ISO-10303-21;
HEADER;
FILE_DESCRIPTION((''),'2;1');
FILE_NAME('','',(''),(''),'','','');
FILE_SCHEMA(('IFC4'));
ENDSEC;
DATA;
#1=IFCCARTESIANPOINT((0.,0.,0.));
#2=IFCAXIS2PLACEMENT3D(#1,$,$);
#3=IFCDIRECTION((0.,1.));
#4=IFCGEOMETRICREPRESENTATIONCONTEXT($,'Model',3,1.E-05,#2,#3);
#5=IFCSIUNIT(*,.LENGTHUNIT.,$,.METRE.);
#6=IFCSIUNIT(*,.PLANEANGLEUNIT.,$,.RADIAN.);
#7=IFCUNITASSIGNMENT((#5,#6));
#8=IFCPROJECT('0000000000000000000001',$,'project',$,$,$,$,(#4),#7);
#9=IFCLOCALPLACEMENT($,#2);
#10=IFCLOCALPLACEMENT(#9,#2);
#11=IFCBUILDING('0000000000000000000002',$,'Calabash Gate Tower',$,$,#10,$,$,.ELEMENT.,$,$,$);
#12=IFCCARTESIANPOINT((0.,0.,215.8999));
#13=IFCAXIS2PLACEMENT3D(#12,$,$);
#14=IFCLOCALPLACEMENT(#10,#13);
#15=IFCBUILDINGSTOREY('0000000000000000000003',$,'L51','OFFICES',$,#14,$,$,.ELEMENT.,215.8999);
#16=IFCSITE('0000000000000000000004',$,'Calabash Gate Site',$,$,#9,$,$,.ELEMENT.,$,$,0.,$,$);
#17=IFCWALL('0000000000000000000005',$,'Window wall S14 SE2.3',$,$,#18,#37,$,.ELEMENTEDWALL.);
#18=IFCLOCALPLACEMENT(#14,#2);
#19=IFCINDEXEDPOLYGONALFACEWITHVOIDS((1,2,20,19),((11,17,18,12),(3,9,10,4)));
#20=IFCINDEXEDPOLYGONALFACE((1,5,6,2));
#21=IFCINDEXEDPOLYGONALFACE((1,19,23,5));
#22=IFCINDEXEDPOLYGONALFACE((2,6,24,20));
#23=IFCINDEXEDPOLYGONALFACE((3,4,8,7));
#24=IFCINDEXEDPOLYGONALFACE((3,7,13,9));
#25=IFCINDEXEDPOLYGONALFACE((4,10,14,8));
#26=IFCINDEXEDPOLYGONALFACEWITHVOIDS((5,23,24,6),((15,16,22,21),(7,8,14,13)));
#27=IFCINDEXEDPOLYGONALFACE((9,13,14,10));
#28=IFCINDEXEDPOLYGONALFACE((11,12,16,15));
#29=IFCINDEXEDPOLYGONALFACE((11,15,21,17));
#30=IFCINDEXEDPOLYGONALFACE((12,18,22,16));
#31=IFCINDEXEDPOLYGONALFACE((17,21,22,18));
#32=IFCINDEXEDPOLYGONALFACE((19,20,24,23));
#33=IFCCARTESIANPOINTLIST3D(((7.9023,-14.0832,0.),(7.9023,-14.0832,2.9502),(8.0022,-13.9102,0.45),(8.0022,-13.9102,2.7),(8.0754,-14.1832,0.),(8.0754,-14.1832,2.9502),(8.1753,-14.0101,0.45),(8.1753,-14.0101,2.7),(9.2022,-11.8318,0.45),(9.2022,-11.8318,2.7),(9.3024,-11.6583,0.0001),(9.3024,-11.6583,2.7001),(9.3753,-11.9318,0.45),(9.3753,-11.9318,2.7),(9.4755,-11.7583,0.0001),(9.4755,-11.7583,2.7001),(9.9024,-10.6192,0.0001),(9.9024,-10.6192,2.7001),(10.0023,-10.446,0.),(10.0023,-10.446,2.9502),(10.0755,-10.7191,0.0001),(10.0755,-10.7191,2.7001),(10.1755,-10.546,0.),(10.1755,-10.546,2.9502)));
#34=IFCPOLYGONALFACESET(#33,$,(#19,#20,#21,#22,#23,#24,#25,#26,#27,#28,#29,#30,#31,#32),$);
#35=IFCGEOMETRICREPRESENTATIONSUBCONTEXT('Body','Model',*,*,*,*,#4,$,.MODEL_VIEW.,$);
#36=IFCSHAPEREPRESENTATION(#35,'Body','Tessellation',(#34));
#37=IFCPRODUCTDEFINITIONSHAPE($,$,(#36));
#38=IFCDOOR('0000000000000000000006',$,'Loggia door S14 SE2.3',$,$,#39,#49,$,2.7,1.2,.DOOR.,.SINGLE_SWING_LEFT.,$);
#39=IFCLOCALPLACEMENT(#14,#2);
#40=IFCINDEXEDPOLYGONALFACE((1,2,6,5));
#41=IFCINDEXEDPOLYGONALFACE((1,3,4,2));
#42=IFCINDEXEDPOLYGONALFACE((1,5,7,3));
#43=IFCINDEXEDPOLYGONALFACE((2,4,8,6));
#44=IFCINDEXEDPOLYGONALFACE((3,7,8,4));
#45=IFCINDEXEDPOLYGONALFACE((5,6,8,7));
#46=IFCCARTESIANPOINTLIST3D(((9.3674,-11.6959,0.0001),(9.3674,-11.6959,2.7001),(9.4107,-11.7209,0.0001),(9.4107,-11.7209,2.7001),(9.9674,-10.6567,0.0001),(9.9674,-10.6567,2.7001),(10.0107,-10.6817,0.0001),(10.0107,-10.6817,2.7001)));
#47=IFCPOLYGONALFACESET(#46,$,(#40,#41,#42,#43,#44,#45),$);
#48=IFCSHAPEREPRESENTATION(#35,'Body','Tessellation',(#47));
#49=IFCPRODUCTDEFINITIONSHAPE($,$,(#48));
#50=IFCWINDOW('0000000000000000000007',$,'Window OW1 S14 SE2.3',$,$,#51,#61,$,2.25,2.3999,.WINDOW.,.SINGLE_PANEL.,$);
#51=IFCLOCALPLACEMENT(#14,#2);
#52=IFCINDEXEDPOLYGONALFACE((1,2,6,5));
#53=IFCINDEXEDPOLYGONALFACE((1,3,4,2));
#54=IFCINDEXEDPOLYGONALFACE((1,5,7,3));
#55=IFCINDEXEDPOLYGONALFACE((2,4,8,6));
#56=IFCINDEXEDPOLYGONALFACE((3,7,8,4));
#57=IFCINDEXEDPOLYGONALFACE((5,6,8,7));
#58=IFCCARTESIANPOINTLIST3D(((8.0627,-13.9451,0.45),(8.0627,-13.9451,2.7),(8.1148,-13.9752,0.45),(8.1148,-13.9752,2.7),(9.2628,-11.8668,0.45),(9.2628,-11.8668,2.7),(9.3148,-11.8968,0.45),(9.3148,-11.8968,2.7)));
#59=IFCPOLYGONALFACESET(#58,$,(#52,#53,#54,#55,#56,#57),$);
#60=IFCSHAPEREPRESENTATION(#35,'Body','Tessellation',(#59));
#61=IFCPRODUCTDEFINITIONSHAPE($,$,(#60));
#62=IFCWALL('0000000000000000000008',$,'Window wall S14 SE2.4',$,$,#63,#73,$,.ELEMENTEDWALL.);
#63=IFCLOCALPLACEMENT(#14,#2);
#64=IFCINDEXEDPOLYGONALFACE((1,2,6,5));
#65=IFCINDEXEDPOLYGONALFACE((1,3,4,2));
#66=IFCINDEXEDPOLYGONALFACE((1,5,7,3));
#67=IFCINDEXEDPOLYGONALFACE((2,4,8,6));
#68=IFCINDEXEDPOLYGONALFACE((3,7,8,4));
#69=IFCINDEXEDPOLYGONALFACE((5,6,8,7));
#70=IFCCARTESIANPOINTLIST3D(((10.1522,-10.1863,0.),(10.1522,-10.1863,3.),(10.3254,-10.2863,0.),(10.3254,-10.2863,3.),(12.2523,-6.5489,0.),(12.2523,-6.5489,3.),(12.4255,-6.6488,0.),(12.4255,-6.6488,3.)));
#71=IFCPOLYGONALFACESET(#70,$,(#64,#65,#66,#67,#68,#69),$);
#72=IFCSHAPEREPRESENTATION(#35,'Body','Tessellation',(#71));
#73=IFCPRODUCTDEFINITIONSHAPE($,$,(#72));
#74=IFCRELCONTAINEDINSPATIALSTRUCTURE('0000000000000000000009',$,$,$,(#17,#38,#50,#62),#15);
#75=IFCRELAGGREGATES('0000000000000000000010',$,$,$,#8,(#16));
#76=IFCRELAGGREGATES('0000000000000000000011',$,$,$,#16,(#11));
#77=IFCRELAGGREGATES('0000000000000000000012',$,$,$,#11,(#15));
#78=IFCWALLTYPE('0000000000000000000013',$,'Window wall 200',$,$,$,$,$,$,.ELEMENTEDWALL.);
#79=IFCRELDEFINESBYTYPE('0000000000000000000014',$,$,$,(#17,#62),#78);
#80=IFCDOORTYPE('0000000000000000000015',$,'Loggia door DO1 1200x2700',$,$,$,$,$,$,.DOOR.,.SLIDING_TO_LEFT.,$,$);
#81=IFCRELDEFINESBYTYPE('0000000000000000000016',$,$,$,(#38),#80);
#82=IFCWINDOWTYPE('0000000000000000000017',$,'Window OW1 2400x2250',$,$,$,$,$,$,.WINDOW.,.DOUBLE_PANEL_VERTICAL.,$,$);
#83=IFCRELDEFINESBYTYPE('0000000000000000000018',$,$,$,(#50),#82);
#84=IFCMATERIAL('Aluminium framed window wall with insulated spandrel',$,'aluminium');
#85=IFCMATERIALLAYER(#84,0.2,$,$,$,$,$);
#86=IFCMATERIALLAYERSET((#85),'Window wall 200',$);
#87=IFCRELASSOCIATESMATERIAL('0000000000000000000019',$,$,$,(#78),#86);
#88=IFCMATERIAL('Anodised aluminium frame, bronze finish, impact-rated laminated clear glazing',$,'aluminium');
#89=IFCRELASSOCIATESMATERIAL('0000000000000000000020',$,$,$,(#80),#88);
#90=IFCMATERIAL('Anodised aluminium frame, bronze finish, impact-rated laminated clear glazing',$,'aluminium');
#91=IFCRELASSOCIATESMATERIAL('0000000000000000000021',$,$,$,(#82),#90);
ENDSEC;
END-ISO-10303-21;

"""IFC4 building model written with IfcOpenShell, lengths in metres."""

from ifc_helpers import new_model, si_unit, direction, frame, frame_2d, origin, place, context, subcontext, project, spatial, rectangle, extrude, material, layer, layer_set, type_object, element, fill, save


model = new_model("IFC4")

# Units and contexts
model_context = context("Model", 3, precision=1e-05, world=origin(), true_north=direction((0.0, 1.0)))
body_context = subcontext(model_context, "Body", "Model", "MODEL_VIEW")
ifc_project = project(units=[si_unit("LENGTHUNIT", "METRE"), si_unit("PLANEANGLEUNIT", "RADIAN")], contexts=[model_context])

# Site, building, storey
site_placement = place(None, origin())
site = spatial("IfcSite", under=ifc_project, at=site_placement, Name="Calabash Gate Site", CompositionType="ELEMENT", RefElevation=0.0)
building_placement = place(site_placement, origin())
building = spatial("IfcBuilding", under=site, at=building_placement, Name="Calabash Gate Tower", CompositionType="ELEMENT")
storey_placement = place(building_placement, frame((0.0, 0.0, 215.8999)))
storey = spatial("IfcBuildingStorey", under=building, at=storey_placement, Name="L51", Description="OFFICES", CompositionType="ELEMENT", Elevation=215.8999)

# Wall, openings, door, window
ifc_material_1 = material(Name="Aluminium framed window wall with insulated spandrel", Category="aluminium")
ifc_layer_1 = layer(ifc_material_1, 0.2)
ifc_layer_set_1 = layer_set([ifc_layer_1], Name="Window wall 200")
wall_type_1 = type_object("IfcWallType", Name="Window wall 200", PredefinedType="ELEMENTEDWALL", material=ifc_layer_set_1)
wall_1_placement = place(storey_placement, frame((7.9888, -14.1333, 0.0), z_axis=(0.0, 0.0, 1.0), x_axis=(0.500028, 0.866009, 0.0)))
wall_1 = element("IfcWall", 1, at=wall_1_placement, inside=storey, type_object=wall_type_1, Name="Window wall S14 SE2.3", PredefinedType="ELEMENTEDWALL", context=body_context, shape_type="SweptSolid", body=[
    extrude(rectangle(XDim=4.2, YDim=0.2, at=frame_2d((2.1001, 0.0))), origin(), (0.0, 0.0, 1.0), 2.9502),
])
opening_1_placement = place(wall_1_placement, frame((0.2, 0.0, 0.45)))
opening_1 = element("IfcOpeningElement", 2, at=opening_1_placement, cuts=wall_1, PredefinedType="OPENING", context=body_context, shape_type="SweptSolid", body=[
    extrude(rectangle(XDim=2.3999, YDim=2.25, at=frame_2d((1.2, 1.125))), frame((0.0, 0.1099, 0.0), z_axis=(0.0, -1.0, 0.0), x_axis=(1.0, 0.0, 0.0)), (0.0, 0.0, 1.0), 0.22),
])
opening_2_placement = place(wall_1_placement, frame((2.8, 0.0, 0.0)))
opening_2 = element("IfcOpeningElement", 3, at=opening_2_placement, cuts=wall_1, PredefinedType="OPENING", context=body_context, shape_type="SweptSolid", body=[
    extrude(rectangle(XDim=1.2, YDim=2.7, at=frame_2d((0.6001, 1.3501))), frame((0.0, 0.1099, 0.0), z_axis=(0.0, -1.0, 0.0), x_axis=(1.0, 0.0, 0.0)), (0.0, 0.0, 1.0), 0.22),
])
ifc_material_2 = material(Name="Anodised aluminium frame, bronze finish, impact-rated laminated clear glazing", Category="aluminium")
door_type_1 = type_object("IfcDoorType", Name="Loggia door DO1 1200x2700", OperationType="SLIDING_TO_LEFT", PredefinedType="DOOR", material=ifc_material_2)
door_1_placement = place(opening_2_placement, origin())
door_1 = element("IfcDoor", 4, at=door_1_placement, inside=storey, type_object=door_type_1, Name="Loggia door S14 SE2.3", OperationType="SINGLE_SWING_LEFT", OverallHeight=2.7, OverallWidth=1.2, PredefinedType="DOOR", context=body_context, shape_type="SweptSolid", body=[
    extrude(rectangle(XDim=1.2, YDim=2.7, at=frame_2d((0.6001, 1.3501))), frame((0.0, 0.0249, 0.0), z_axis=(0.0, -1.0, 0.0), x_axis=(1.0, 0.0, 0.0)), (0.0, 0.0, 1.0), 0.05),
])
fill(opening_2, door_1)
ifc_material_3 = material(Name="Anodised aluminium frame, bronze finish, impact-rated laminated clear glazing", Category="aluminium")
window_type = type_object("IfcWindowType", Name="Window OW1 2400x2250", PartitioningType="DOUBLE_PANEL_VERTICAL", PredefinedType="WINDOW", material=ifc_material_3)
window_placement = place(opening_1_placement, origin())
window = element("IfcWindow", 5, at=window_placement, inside=storey, type_object=window_type, Name="Window OW1 S14 SE2.3", OverallHeight=2.25, OverallWidth=2.3999, PartitioningType="SINGLE_PANEL", PredefinedType="WINDOW", context=body_context, shape_type="SweptSolid", body=[
    extrude(rectangle(XDim=2.3999, YDim=2.25, at=frame_2d((1.2, 1.125))), frame((0.0, 0.03, 0.0), z_axis=(0.0, -1.0, 0.0), x_axis=(1.0, 0.0, 0.0)), (0.0, 0.0, 1.0), 0.0601),
])
fill(opening_1, window)

# Wall
wall_2_placement = place(storey_placement, frame((10.2388, -10.2363, 0.0), z_axis=(0.0, 0.0, 1.0), x_axis=(0.500003, 0.866024, 0.0)))
element("IfcWall", 6, at=wall_2_placement, inside=storey, type_object=wall_type_1, Name="Window wall S14 SE2.4", PredefinedType="ELEMENTEDWALL", context=body_context, shape_type="SweptSolid", body=[
    extrude(rectangle(XDim=4.2002, YDim=0.2, at=frame_2d((2.1001, 0.0))), origin(), (0.0, 0.0, 1.0), 3.0),
])

save(model, "model.ifc")
